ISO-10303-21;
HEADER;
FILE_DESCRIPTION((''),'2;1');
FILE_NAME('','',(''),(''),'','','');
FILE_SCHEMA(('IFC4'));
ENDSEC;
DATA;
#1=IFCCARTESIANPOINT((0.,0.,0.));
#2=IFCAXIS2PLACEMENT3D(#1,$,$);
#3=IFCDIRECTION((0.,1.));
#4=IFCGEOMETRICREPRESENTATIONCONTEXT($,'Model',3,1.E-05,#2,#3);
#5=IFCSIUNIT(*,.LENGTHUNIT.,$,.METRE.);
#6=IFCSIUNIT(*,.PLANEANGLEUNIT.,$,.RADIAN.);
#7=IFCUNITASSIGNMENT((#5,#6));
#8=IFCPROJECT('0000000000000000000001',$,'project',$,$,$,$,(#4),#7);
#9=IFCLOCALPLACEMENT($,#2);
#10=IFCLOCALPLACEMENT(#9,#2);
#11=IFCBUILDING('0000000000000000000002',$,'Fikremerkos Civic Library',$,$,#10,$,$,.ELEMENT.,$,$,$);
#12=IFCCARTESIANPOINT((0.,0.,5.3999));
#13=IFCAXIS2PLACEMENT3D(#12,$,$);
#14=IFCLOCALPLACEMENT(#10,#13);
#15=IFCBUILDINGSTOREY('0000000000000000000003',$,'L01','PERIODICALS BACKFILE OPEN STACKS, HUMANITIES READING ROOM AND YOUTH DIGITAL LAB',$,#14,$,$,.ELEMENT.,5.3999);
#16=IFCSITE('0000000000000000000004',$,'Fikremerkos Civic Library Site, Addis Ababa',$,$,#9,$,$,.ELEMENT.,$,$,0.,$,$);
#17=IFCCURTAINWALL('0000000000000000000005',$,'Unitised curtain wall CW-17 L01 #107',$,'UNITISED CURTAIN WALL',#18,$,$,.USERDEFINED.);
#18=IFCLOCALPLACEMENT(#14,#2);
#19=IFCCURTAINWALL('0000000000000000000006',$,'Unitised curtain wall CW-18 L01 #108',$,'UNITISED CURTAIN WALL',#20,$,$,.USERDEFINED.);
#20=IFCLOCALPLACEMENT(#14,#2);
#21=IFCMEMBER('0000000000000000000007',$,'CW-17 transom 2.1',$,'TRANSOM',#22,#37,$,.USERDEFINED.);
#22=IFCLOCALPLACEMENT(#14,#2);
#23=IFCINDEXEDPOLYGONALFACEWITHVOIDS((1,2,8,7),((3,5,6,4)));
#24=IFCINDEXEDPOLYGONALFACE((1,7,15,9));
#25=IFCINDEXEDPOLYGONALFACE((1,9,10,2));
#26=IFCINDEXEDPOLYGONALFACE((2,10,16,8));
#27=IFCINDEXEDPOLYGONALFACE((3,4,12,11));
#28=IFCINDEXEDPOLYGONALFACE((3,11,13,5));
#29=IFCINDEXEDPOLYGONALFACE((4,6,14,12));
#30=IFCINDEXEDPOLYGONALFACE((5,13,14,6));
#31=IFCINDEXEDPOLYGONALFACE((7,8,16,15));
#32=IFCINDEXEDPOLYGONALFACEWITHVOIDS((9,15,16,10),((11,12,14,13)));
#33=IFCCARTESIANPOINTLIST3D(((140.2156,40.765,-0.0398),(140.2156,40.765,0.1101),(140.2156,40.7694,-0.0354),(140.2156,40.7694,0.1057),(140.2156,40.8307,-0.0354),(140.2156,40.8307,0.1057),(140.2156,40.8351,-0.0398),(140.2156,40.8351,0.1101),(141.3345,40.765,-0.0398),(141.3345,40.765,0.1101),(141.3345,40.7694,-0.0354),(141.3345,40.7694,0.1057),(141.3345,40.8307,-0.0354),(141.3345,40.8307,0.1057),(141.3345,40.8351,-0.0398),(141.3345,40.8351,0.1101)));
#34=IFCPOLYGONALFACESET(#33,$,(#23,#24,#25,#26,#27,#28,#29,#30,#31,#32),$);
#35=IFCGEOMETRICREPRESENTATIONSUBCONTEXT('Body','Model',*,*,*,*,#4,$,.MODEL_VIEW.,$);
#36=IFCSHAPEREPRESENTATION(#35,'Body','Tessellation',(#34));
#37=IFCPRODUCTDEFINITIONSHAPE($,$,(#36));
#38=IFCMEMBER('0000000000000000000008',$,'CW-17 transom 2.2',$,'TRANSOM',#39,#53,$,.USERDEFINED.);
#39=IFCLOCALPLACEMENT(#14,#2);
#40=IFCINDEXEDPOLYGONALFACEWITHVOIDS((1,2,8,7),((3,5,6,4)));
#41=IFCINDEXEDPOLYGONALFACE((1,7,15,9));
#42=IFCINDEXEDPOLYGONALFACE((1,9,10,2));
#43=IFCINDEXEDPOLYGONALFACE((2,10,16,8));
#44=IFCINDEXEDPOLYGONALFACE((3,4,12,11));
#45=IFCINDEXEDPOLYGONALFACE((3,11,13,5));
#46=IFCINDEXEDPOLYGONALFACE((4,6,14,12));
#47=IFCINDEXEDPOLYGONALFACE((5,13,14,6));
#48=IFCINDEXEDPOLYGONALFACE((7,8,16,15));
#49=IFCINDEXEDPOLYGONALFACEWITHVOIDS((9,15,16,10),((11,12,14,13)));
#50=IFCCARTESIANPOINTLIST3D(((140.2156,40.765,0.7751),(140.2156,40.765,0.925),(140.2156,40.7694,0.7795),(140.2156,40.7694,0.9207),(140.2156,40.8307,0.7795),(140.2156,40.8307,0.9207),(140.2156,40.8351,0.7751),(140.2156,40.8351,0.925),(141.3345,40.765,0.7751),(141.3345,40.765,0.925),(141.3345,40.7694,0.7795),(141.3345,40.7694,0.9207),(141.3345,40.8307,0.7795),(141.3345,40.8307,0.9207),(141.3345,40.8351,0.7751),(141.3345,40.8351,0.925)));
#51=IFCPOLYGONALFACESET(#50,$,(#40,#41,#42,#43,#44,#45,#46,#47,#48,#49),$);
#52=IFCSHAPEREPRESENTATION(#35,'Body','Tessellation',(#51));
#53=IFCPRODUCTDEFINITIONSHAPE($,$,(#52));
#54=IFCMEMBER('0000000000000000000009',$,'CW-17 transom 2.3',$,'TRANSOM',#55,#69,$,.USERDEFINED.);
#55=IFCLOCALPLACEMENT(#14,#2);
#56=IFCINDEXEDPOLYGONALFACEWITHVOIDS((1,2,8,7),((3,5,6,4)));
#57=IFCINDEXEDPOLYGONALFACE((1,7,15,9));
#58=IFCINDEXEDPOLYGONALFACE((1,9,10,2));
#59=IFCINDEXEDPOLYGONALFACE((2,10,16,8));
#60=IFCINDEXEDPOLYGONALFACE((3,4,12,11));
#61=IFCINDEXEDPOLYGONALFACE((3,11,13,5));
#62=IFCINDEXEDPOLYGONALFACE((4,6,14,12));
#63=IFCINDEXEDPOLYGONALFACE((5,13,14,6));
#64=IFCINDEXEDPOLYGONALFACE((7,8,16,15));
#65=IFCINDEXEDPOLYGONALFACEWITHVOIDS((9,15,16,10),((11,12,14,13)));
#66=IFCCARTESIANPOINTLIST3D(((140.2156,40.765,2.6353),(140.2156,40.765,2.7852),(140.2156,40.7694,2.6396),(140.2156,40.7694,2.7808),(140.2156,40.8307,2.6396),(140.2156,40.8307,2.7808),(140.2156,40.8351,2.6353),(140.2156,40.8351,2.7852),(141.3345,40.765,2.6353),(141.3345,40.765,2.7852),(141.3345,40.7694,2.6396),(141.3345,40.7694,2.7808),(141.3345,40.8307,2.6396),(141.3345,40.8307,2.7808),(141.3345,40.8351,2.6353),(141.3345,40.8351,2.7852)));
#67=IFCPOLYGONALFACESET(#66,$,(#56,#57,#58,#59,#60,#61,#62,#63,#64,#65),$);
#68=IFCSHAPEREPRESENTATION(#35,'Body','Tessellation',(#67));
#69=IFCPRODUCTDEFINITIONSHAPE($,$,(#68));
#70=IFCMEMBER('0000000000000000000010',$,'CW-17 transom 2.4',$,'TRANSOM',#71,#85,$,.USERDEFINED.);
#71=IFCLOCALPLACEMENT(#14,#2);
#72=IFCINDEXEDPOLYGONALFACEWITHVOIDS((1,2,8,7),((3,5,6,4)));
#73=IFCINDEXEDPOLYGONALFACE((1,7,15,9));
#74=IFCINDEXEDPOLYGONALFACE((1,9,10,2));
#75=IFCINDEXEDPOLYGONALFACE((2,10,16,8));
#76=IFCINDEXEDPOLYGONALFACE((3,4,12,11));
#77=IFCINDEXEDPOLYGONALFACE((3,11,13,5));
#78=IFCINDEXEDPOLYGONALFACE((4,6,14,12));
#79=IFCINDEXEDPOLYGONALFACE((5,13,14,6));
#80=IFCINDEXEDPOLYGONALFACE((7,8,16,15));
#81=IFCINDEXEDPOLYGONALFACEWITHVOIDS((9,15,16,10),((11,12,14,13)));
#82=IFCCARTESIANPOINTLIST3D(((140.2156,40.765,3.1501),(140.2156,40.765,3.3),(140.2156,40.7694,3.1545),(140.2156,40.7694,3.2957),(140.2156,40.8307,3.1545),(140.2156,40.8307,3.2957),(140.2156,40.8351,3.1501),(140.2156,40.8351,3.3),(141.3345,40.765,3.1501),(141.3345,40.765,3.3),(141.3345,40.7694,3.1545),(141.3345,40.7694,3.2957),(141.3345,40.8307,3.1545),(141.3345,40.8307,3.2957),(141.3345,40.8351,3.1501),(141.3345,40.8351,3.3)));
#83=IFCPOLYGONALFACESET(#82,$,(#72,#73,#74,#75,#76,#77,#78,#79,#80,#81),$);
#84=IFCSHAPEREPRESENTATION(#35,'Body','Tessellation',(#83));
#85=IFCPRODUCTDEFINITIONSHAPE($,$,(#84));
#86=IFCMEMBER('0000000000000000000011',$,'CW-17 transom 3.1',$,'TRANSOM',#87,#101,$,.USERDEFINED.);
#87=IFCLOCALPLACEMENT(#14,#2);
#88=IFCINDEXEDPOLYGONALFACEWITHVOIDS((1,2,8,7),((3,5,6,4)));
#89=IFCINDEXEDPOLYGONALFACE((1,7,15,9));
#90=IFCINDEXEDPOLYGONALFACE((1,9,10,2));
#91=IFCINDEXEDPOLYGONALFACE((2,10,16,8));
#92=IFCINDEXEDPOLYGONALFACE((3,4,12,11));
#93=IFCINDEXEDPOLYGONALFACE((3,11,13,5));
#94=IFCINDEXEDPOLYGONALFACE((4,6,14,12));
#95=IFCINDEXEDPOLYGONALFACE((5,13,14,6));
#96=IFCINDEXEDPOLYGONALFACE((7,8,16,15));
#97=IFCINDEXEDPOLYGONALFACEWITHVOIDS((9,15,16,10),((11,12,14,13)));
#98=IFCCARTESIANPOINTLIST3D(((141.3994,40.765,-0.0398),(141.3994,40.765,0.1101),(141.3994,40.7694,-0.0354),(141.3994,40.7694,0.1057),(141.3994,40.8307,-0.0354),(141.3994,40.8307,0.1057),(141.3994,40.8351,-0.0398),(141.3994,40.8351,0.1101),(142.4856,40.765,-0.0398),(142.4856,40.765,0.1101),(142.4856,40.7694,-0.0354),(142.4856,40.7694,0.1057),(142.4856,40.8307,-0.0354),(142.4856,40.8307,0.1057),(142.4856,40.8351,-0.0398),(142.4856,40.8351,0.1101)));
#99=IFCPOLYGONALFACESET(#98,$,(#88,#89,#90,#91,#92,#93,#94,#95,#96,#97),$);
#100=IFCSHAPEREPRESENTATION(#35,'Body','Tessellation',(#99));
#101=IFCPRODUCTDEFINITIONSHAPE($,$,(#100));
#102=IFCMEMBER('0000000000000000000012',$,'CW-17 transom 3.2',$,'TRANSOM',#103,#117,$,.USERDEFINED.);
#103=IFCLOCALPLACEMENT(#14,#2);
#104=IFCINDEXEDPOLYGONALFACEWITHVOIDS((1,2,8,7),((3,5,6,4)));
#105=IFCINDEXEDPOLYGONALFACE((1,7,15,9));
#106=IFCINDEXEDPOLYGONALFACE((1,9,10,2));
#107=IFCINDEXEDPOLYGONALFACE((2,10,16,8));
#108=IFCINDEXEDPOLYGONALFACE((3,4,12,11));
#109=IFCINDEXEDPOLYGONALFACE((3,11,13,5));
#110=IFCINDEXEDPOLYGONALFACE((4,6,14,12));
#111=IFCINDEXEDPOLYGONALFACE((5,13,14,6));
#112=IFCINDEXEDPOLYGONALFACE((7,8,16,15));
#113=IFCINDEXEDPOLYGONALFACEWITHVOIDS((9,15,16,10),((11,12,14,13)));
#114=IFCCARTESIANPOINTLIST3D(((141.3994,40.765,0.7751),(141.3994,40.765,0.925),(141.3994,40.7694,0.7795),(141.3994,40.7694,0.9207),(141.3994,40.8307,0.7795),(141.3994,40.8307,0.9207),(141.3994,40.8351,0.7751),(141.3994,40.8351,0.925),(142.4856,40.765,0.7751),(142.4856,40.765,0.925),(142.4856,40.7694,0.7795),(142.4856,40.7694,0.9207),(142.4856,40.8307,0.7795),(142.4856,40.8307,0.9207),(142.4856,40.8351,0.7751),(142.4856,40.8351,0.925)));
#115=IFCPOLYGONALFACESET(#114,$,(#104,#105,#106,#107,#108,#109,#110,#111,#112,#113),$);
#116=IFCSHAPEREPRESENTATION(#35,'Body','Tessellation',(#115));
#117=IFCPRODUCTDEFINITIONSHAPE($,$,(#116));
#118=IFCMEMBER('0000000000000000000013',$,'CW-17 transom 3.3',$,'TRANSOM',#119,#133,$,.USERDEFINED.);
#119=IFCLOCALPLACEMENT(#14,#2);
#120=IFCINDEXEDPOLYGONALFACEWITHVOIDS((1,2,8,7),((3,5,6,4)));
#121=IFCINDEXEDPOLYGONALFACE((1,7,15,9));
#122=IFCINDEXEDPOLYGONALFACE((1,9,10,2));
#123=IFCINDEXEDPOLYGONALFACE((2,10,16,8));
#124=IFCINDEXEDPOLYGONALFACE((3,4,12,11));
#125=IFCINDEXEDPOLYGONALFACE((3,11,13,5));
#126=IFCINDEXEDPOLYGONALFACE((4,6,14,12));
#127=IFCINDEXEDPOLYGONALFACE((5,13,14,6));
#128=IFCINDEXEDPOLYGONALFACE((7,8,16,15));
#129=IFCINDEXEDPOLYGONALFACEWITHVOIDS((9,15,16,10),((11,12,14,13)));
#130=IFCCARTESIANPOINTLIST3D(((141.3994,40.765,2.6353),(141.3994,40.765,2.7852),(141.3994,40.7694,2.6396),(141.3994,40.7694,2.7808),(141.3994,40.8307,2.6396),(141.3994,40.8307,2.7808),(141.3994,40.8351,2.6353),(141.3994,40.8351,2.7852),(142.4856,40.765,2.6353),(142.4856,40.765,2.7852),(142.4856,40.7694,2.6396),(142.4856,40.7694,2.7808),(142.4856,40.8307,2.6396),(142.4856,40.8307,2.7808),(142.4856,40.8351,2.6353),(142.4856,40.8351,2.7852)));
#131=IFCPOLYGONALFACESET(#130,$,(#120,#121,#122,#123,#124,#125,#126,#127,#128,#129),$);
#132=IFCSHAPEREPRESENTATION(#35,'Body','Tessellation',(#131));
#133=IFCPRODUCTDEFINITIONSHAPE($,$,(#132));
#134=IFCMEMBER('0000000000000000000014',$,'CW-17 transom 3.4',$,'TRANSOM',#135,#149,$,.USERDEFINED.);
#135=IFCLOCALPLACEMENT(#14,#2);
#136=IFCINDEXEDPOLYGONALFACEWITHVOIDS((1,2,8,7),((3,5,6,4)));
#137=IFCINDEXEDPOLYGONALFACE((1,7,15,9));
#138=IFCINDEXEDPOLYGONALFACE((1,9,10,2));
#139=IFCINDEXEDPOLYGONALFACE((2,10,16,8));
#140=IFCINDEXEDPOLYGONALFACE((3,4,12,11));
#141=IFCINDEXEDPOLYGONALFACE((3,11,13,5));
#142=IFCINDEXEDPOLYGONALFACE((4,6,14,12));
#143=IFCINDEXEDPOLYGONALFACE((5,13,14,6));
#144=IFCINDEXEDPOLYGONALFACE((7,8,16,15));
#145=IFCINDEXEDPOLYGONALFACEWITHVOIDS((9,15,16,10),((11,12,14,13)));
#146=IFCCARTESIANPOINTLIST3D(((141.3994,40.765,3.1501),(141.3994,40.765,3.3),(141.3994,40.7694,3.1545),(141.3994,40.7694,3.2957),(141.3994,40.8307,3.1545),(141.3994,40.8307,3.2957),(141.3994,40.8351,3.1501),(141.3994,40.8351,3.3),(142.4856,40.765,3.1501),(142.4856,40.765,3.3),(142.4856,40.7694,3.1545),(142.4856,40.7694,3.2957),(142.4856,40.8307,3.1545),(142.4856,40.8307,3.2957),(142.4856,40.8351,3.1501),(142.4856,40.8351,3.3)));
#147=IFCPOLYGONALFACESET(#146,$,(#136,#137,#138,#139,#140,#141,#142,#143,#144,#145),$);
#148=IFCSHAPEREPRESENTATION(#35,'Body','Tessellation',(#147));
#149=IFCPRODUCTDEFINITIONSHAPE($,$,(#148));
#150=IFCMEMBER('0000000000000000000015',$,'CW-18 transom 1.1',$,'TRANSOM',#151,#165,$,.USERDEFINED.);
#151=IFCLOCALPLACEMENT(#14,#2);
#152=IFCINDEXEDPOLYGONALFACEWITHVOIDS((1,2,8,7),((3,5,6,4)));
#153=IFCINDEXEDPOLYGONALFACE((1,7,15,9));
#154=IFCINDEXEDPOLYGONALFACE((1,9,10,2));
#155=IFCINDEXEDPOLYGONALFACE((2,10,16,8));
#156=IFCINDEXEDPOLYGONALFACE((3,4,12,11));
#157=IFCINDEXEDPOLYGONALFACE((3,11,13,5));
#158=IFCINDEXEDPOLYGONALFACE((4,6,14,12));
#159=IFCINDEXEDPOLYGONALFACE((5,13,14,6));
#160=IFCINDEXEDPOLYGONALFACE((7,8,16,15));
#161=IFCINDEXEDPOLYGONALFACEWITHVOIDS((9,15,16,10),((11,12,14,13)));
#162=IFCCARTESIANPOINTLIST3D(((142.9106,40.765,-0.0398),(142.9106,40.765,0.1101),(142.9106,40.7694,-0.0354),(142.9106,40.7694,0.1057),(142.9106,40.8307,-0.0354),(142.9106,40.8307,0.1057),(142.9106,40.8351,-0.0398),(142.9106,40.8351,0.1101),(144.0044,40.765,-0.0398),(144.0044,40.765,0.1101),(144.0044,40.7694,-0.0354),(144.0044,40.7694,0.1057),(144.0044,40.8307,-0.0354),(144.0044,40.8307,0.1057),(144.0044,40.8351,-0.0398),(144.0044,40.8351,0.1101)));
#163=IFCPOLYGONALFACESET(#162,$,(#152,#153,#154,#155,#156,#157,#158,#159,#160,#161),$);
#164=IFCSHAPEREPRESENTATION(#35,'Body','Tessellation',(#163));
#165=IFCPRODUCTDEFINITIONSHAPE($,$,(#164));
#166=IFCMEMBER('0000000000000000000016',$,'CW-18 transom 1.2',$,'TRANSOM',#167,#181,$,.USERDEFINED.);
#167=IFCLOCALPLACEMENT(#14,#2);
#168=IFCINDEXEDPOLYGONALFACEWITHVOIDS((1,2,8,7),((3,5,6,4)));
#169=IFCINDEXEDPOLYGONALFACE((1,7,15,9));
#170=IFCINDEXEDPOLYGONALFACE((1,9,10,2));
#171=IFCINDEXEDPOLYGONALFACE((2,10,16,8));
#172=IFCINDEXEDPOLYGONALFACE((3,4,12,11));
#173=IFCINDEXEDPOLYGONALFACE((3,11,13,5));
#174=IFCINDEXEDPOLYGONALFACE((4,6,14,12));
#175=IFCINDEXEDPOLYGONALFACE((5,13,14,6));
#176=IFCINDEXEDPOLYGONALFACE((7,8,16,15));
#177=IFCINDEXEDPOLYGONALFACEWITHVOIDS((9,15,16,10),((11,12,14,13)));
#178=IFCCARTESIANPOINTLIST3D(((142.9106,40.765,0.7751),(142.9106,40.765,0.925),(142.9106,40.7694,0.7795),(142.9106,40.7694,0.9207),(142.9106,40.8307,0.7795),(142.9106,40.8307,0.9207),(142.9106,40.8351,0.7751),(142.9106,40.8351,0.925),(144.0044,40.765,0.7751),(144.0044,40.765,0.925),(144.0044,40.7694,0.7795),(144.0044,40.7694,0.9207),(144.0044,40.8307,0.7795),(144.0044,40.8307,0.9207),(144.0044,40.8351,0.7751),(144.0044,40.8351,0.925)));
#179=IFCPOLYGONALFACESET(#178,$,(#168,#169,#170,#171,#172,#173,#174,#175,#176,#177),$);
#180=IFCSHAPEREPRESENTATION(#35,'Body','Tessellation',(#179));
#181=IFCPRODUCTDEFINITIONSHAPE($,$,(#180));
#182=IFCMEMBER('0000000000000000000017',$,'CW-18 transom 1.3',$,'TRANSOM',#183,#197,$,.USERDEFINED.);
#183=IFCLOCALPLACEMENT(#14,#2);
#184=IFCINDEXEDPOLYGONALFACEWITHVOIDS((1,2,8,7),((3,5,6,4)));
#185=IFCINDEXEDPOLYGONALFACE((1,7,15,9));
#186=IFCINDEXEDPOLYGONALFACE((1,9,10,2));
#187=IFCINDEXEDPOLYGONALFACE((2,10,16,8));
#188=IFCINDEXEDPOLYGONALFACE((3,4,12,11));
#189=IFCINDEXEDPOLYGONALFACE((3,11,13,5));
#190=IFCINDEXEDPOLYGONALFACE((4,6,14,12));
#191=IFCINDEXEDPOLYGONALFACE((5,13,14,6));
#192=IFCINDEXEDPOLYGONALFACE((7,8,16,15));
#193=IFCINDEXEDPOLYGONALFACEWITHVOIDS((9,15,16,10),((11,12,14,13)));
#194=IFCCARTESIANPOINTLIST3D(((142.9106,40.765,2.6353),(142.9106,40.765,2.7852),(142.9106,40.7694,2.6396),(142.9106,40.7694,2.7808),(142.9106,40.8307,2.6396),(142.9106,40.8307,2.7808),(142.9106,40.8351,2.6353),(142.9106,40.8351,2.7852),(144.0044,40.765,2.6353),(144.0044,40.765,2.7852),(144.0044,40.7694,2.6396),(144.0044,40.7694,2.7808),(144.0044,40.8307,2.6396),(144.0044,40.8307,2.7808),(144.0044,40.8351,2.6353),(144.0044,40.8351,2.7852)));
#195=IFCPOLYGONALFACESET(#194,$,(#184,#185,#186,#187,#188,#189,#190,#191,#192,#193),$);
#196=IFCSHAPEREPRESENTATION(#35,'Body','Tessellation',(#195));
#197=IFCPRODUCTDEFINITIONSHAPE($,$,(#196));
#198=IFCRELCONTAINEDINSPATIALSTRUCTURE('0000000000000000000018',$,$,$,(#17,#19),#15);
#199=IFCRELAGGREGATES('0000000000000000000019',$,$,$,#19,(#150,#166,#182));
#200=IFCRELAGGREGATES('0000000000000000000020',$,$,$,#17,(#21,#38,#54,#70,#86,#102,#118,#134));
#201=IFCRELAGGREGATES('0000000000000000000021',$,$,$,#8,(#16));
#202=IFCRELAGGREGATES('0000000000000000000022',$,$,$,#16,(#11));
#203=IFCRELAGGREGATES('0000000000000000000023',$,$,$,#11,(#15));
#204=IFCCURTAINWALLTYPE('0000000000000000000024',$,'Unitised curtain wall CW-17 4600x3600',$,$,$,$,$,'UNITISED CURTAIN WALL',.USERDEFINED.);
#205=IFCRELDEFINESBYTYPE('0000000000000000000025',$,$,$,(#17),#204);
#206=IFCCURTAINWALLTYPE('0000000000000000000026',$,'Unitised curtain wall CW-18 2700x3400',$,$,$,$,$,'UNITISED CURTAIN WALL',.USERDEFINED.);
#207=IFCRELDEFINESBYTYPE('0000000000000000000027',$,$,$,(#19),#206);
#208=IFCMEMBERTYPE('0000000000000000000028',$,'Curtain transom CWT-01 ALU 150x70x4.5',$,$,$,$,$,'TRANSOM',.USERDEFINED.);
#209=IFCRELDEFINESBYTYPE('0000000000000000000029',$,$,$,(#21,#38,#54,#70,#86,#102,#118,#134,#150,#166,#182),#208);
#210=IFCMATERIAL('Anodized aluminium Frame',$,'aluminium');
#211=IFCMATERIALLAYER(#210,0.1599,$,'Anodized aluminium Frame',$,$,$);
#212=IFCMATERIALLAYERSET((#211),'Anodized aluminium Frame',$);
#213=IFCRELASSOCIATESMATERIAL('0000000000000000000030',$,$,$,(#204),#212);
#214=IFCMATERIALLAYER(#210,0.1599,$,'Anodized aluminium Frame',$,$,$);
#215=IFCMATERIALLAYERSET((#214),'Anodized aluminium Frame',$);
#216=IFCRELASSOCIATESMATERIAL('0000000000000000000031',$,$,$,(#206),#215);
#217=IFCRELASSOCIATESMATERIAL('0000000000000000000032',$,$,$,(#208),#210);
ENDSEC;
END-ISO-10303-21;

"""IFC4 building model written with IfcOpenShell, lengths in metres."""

from ifc_helpers import new_model, si_unit, direction, frame, origin, origin_2d, place, context, subcontext, project, spatial, hollow_rectangle, extrude, material, layer, layer_set, material_profile, profile_set, type_object, element, aggregate, save


model = new_model("IFC4")

# Units and contexts
model_context = context("Model", 3, precision=1e-05, world=origin(), true_north=direction((0.0, 1.0)))
body_context = subcontext(model_context, "Body", "Model", "MODEL_VIEW")
ifc_project = project(units=[si_unit("LENGTHUNIT", "METRE"), si_unit("PLANEANGLEUNIT", "RADIAN")], contexts=[model_context])

# Site, building, storey
site_placement = place(None, origin())
site = spatial("IfcSite", under=ifc_project, at=site_placement, Name="Fikremerkos Civic Library Site, Addis Ababa", CompositionType="ELEMENT", RefElevation=0.0)
building_placement = place(site_placement, origin())
building = spatial("IfcBuilding", under=site, at=building_placement, Name="Fikremerkos Civic Library", CompositionType="ELEMENT")
storey_placement = place(building_placement, frame((0.0, 0.0, 5.3999)))
storey = spatial("IfcBuildingStorey", under=building, at=storey_placement, Name="L01", Description="PERIODICALS BACKFILE OPEN STACKS, HUMANITIES READING ROOM AND YOUTH DIGITAL LAB", CompositionType="ELEMENT", Elevation=5.3999)

# Curtain wall
ifc_material_1 = material(Name="Anodized aluminium Frame", Category="aluminium")
ifc_layer_1 = layer(ifc_material_1, 0.1599, Name="Anodized aluminium Frame")
ifc_layer_set_1 = layer_set([ifc_layer_1], Name="Anodized aluminium Frame")
curtain_wall_type_1 = type_object("IfcCurtainWallType", Name="Unitised curtain wall CW-17 4600x3600", ElementType="UNITISED CURTAIN WALL", PredefinedType="USERDEFINED", material=ifc_layer_set_1)
curtain_wall_1_placement = place(storey_placement, origin())
curtain_wall_1 = element("IfcCurtainWall", 1, at=curtain_wall_1_placement, inside=storey, type_object=curtain_wall_type_1, Name="Unitised curtain wall CW-17 L01 #107", ObjectType="UNITISED CURTAIN WALL", PredefinedType="USERDEFINED")

# Curtain wall
ifc_layer_2 = layer(ifc_material_1, 0.1599, Name="Anodized aluminium Frame")
ifc_layer_set_2 = layer_set([ifc_layer_2], Name="Anodized aluminium Frame")
curtain_wall_type_2 = type_object("IfcCurtainWallType", Name="Unitised curtain wall CW-18 2700x3400", ElementType="UNITISED CURTAIN WALL", PredefinedType="USERDEFINED", material=ifc_layer_set_2)
curtain_wall_2_placement = place(storey_placement, origin())
curtain_wall_2 = element("IfcCurtainWall", 2, at=curtain_wall_2_placement, inside=storey, type_object=curtain_wall_type_2, Name="Unitised curtain wall CW-18 L01 #108", ObjectType="UNITISED CURTAIN WALL", PredefinedType="USERDEFINED")

# Members
ifc_material_profile_1 = material_profile(ifc_material_1, hollow_rectangle(XDim=0.0701, YDim=0.1499, WallThickness=0.0044, at=origin_2d()), Name="ALU 150x70x4.5")
ifc_profile_set_1 = profile_set([ifc_material_profile_1], Name="Anodized aluminium Frame")
member_type_1 = type_object("IfcMemberType", Name="Curtain transom CWT-01 ALU 150x70x4.5", ElementType="TRANSOM", PredefinedType="USERDEFINED", material=ifc_profile_set_1)
member_1_placement = place(storey_placement, frame((140.2156, 40.8, 0.0352), z_axis=(1.0, 0.0, 0.0), x_axis=(0.0, 1.0, 0.0)))
member_1 = element("IfcMember", 3, at=member_1_placement, type_object=member_type_1, Name="CW-17 transom 2.1", ObjectType="TRANSOM", PredefinedType="USERDEFINED", context=body_context, shape_type="SweptSolid", body=[
    extrude(hollow_rectangle(XDim=0.0701, YDim=0.1499, WallThickness=0.0044, at=origin_2d()), origin(), (0.0, 0.0, 1.0), 1.1189),
])
member_2_placement = place(storey_placement, frame((140.2156, 40.8, 0.8501), z_axis=(1.0, 0.0, 0.0), x_axis=(0.0, 1.0, 0.0)))
member_2 = element("IfcMember", 4, at=member_2_placement, type_object=member_type_1, Name="CW-17 transom 2.2", ObjectType="TRANSOM", PredefinedType="USERDEFINED", context=body_context, shape_type="SweptSolid", body=[
    extrude(hollow_rectangle(XDim=0.0701, YDim=0.1499, WallThickness=0.0044, at=origin_2d()), origin(), (0.0, 0.0, 1.0), 1.1189),
])
member_3_placement = place(storey_placement, frame((140.2156, 40.8, 2.7102), z_axis=(1.0, 0.0, 0.0), x_axis=(0.0, 1.0, 0.0)))
member_3 = element("IfcMember", 5, at=member_3_placement, type_object=member_type_1, Name="CW-17 transom 2.3", ObjectType="TRANSOM", PredefinedType="USERDEFINED", context=body_context, shape_type="SweptSolid", body=[
    extrude(hollow_rectangle(XDim=0.0701, YDim=0.1499, WallThickness=0.0044, at=origin_2d()), origin(), (0.0, 0.0, 1.0), 1.1189),
])
member_4_placement = place(storey_placement, frame((140.2156, 40.8, 3.2251), z_axis=(1.0, 0.0, 0.0), x_axis=(0.0, 1.0, 0.0)))
member_4 = element("IfcMember", 6, at=member_4_placement, type_object=member_type_1, Name="CW-17 transom 2.4", ObjectType="TRANSOM", PredefinedType="USERDEFINED", context=body_context, shape_type="SweptSolid", body=[
    extrude(hollow_rectangle(XDim=0.0701, YDim=0.1499, WallThickness=0.0044, at=origin_2d()), origin(), (0.0, 0.0, 1.0), 1.1189),
])
member_5_placement = place(storey_placement, frame((141.3994, 40.8, 0.0352), z_axis=(1.0, 0.0, 0.0), x_axis=(0.0, 1.0, 0.0)))
member_5 = element("IfcMember", 7, at=member_5_placement, type_object=member_type_1, Name="CW-17 transom 3.1", ObjectType="TRANSOM", PredefinedType="USERDEFINED", context=body_context, shape_type="SweptSolid", body=[
    extrude(hollow_rectangle(XDim=0.0701, YDim=0.1499, WallThickness=0.0044, at=origin_2d()), origin(), (0.0, 0.0, 1.0), 1.0862),
])
member_6_placement = place(storey_placement, frame((141.3994, 40.8, 0.8501), z_axis=(1.0, 0.0, 0.0), x_axis=(0.0, 1.0, 0.0)))
member_6 = element("IfcMember", 8, at=member_6_placement, type_object=member_type_1, Name="CW-17 transom 3.2", ObjectType="TRANSOM", PredefinedType="USERDEFINED", context=body_context, shape_type="SweptSolid", body=[
    extrude(hollow_rectangle(XDim=0.0701, YDim=0.1499, WallThickness=0.0044, at=origin_2d()), origin(), (0.0, 0.0, 1.0), 1.0862),
])
member_7_placement = place(storey_placement, frame((141.3994, 40.8, 2.7102), z_axis=(1.0, 0.0, 0.0), x_axis=(0.0, 1.0, 0.0)))
member_7 = element("IfcMember", 9, at=member_7_placement, type_object=member_type_1, Name="CW-17 transom 3.3", ObjectType="TRANSOM", PredefinedType="USERDEFINED", context=body_context, shape_type="SweptSolid", body=[
    extrude(hollow_rectangle(XDim=0.0701, YDim=0.1499, WallThickness=0.0044, at=origin_2d()), origin(), (0.0, 0.0, 1.0), 1.0862),
])
member_8_placement = place(storey_placement, frame((141.3994, 40.8, 3.2251), z_axis=(1.0, 0.0, 0.0), x_axis=(0.0, 1.0, 0.0)))
member_8 = element("IfcMember", 10, at=member_8_placement, type_object=member_type_1, Name="CW-17 transom 3.4", ObjectType="TRANSOM", PredefinedType="USERDEFINED", context=body_context, shape_type="SweptSolid", body=[
    extrude(hollow_rectangle(XDim=0.0701, YDim=0.1499, WallThickness=0.0044, at=origin_2d()), origin(), (0.0, 0.0, 1.0), 1.0862),
])
member_9_placement = place(storey_placement, frame((142.9106, 40.8, 0.0352), z_axis=(1.0, 0.0, 0.0), x_axis=(0.0, 1.0, 0.0)))
member_9 = element("IfcMember", 11, at=member_9_placement, type_object=member_type_1, Name="CW-18 transom 1.1", ObjectType="TRANSOM", PredefinedType="USERDEFINED", context=body_context, shape_type="SweptSolid", body=[
    extrude(hollow_rectangle(XDim=0.0701, YDim=0.1499, WallThickness=0.0044, at=origin_2d()), origin(), (0.0, 0.0, 1.0), 1.0938),
])
member_10_placement = place(storey_placement, frame((142.9106, 40.8, 0.8501), z_axis=(1.0, 0.0, 0.0), x_axis=(0.0, 1.0, 0.0)))
member_10 = element("IfcMember", 12, at=member_10_placement, type_object=member_type_1, Name="CW-18 transom 1.2", ObjectType="TRANSOM", PredefinedType="USERDEFINED", context=body_context, shape_type="SweptSolid", body=[
    extrude(hollow_rectangle(XDim=0.0701, YDim=0.1499, WallThickness=0.0044, at=origin_2d()), origin(), (0.0, 0.0, 1.0), 1.0938),
])
member_11_placement = place(storey_placement, frame((142.9106, 40.8, 2.7102), z_axis=(1.0, 0.0, 0.0), x_axis=(0.0, 1.0, 0.0)))
member_11 = element("IfcMember", 13, at=member_11_placement, type_object=member_type_1, Name="CW-18 transom 1.3", ObjectType="TRANSOM", PredefinedType="USERDEFINED", context=body_context, shape_type="SweptSolid", body=[
    extrude(hollow_rectangle(XDim=0.0701, YDim=0.1499, WallThickness=0.0044, at=origin_2d()), origin(), (0.0, 0.0, 1.0), 1.0938),
])
aggregate(curtain_wall_2, [member_9, member_10, member_11])

aggregate(curtain_wall_1, [member_1, member_2, member_3, member_4, member_5, member_6, member_7, member_8])

save(model, "model.ifc")
